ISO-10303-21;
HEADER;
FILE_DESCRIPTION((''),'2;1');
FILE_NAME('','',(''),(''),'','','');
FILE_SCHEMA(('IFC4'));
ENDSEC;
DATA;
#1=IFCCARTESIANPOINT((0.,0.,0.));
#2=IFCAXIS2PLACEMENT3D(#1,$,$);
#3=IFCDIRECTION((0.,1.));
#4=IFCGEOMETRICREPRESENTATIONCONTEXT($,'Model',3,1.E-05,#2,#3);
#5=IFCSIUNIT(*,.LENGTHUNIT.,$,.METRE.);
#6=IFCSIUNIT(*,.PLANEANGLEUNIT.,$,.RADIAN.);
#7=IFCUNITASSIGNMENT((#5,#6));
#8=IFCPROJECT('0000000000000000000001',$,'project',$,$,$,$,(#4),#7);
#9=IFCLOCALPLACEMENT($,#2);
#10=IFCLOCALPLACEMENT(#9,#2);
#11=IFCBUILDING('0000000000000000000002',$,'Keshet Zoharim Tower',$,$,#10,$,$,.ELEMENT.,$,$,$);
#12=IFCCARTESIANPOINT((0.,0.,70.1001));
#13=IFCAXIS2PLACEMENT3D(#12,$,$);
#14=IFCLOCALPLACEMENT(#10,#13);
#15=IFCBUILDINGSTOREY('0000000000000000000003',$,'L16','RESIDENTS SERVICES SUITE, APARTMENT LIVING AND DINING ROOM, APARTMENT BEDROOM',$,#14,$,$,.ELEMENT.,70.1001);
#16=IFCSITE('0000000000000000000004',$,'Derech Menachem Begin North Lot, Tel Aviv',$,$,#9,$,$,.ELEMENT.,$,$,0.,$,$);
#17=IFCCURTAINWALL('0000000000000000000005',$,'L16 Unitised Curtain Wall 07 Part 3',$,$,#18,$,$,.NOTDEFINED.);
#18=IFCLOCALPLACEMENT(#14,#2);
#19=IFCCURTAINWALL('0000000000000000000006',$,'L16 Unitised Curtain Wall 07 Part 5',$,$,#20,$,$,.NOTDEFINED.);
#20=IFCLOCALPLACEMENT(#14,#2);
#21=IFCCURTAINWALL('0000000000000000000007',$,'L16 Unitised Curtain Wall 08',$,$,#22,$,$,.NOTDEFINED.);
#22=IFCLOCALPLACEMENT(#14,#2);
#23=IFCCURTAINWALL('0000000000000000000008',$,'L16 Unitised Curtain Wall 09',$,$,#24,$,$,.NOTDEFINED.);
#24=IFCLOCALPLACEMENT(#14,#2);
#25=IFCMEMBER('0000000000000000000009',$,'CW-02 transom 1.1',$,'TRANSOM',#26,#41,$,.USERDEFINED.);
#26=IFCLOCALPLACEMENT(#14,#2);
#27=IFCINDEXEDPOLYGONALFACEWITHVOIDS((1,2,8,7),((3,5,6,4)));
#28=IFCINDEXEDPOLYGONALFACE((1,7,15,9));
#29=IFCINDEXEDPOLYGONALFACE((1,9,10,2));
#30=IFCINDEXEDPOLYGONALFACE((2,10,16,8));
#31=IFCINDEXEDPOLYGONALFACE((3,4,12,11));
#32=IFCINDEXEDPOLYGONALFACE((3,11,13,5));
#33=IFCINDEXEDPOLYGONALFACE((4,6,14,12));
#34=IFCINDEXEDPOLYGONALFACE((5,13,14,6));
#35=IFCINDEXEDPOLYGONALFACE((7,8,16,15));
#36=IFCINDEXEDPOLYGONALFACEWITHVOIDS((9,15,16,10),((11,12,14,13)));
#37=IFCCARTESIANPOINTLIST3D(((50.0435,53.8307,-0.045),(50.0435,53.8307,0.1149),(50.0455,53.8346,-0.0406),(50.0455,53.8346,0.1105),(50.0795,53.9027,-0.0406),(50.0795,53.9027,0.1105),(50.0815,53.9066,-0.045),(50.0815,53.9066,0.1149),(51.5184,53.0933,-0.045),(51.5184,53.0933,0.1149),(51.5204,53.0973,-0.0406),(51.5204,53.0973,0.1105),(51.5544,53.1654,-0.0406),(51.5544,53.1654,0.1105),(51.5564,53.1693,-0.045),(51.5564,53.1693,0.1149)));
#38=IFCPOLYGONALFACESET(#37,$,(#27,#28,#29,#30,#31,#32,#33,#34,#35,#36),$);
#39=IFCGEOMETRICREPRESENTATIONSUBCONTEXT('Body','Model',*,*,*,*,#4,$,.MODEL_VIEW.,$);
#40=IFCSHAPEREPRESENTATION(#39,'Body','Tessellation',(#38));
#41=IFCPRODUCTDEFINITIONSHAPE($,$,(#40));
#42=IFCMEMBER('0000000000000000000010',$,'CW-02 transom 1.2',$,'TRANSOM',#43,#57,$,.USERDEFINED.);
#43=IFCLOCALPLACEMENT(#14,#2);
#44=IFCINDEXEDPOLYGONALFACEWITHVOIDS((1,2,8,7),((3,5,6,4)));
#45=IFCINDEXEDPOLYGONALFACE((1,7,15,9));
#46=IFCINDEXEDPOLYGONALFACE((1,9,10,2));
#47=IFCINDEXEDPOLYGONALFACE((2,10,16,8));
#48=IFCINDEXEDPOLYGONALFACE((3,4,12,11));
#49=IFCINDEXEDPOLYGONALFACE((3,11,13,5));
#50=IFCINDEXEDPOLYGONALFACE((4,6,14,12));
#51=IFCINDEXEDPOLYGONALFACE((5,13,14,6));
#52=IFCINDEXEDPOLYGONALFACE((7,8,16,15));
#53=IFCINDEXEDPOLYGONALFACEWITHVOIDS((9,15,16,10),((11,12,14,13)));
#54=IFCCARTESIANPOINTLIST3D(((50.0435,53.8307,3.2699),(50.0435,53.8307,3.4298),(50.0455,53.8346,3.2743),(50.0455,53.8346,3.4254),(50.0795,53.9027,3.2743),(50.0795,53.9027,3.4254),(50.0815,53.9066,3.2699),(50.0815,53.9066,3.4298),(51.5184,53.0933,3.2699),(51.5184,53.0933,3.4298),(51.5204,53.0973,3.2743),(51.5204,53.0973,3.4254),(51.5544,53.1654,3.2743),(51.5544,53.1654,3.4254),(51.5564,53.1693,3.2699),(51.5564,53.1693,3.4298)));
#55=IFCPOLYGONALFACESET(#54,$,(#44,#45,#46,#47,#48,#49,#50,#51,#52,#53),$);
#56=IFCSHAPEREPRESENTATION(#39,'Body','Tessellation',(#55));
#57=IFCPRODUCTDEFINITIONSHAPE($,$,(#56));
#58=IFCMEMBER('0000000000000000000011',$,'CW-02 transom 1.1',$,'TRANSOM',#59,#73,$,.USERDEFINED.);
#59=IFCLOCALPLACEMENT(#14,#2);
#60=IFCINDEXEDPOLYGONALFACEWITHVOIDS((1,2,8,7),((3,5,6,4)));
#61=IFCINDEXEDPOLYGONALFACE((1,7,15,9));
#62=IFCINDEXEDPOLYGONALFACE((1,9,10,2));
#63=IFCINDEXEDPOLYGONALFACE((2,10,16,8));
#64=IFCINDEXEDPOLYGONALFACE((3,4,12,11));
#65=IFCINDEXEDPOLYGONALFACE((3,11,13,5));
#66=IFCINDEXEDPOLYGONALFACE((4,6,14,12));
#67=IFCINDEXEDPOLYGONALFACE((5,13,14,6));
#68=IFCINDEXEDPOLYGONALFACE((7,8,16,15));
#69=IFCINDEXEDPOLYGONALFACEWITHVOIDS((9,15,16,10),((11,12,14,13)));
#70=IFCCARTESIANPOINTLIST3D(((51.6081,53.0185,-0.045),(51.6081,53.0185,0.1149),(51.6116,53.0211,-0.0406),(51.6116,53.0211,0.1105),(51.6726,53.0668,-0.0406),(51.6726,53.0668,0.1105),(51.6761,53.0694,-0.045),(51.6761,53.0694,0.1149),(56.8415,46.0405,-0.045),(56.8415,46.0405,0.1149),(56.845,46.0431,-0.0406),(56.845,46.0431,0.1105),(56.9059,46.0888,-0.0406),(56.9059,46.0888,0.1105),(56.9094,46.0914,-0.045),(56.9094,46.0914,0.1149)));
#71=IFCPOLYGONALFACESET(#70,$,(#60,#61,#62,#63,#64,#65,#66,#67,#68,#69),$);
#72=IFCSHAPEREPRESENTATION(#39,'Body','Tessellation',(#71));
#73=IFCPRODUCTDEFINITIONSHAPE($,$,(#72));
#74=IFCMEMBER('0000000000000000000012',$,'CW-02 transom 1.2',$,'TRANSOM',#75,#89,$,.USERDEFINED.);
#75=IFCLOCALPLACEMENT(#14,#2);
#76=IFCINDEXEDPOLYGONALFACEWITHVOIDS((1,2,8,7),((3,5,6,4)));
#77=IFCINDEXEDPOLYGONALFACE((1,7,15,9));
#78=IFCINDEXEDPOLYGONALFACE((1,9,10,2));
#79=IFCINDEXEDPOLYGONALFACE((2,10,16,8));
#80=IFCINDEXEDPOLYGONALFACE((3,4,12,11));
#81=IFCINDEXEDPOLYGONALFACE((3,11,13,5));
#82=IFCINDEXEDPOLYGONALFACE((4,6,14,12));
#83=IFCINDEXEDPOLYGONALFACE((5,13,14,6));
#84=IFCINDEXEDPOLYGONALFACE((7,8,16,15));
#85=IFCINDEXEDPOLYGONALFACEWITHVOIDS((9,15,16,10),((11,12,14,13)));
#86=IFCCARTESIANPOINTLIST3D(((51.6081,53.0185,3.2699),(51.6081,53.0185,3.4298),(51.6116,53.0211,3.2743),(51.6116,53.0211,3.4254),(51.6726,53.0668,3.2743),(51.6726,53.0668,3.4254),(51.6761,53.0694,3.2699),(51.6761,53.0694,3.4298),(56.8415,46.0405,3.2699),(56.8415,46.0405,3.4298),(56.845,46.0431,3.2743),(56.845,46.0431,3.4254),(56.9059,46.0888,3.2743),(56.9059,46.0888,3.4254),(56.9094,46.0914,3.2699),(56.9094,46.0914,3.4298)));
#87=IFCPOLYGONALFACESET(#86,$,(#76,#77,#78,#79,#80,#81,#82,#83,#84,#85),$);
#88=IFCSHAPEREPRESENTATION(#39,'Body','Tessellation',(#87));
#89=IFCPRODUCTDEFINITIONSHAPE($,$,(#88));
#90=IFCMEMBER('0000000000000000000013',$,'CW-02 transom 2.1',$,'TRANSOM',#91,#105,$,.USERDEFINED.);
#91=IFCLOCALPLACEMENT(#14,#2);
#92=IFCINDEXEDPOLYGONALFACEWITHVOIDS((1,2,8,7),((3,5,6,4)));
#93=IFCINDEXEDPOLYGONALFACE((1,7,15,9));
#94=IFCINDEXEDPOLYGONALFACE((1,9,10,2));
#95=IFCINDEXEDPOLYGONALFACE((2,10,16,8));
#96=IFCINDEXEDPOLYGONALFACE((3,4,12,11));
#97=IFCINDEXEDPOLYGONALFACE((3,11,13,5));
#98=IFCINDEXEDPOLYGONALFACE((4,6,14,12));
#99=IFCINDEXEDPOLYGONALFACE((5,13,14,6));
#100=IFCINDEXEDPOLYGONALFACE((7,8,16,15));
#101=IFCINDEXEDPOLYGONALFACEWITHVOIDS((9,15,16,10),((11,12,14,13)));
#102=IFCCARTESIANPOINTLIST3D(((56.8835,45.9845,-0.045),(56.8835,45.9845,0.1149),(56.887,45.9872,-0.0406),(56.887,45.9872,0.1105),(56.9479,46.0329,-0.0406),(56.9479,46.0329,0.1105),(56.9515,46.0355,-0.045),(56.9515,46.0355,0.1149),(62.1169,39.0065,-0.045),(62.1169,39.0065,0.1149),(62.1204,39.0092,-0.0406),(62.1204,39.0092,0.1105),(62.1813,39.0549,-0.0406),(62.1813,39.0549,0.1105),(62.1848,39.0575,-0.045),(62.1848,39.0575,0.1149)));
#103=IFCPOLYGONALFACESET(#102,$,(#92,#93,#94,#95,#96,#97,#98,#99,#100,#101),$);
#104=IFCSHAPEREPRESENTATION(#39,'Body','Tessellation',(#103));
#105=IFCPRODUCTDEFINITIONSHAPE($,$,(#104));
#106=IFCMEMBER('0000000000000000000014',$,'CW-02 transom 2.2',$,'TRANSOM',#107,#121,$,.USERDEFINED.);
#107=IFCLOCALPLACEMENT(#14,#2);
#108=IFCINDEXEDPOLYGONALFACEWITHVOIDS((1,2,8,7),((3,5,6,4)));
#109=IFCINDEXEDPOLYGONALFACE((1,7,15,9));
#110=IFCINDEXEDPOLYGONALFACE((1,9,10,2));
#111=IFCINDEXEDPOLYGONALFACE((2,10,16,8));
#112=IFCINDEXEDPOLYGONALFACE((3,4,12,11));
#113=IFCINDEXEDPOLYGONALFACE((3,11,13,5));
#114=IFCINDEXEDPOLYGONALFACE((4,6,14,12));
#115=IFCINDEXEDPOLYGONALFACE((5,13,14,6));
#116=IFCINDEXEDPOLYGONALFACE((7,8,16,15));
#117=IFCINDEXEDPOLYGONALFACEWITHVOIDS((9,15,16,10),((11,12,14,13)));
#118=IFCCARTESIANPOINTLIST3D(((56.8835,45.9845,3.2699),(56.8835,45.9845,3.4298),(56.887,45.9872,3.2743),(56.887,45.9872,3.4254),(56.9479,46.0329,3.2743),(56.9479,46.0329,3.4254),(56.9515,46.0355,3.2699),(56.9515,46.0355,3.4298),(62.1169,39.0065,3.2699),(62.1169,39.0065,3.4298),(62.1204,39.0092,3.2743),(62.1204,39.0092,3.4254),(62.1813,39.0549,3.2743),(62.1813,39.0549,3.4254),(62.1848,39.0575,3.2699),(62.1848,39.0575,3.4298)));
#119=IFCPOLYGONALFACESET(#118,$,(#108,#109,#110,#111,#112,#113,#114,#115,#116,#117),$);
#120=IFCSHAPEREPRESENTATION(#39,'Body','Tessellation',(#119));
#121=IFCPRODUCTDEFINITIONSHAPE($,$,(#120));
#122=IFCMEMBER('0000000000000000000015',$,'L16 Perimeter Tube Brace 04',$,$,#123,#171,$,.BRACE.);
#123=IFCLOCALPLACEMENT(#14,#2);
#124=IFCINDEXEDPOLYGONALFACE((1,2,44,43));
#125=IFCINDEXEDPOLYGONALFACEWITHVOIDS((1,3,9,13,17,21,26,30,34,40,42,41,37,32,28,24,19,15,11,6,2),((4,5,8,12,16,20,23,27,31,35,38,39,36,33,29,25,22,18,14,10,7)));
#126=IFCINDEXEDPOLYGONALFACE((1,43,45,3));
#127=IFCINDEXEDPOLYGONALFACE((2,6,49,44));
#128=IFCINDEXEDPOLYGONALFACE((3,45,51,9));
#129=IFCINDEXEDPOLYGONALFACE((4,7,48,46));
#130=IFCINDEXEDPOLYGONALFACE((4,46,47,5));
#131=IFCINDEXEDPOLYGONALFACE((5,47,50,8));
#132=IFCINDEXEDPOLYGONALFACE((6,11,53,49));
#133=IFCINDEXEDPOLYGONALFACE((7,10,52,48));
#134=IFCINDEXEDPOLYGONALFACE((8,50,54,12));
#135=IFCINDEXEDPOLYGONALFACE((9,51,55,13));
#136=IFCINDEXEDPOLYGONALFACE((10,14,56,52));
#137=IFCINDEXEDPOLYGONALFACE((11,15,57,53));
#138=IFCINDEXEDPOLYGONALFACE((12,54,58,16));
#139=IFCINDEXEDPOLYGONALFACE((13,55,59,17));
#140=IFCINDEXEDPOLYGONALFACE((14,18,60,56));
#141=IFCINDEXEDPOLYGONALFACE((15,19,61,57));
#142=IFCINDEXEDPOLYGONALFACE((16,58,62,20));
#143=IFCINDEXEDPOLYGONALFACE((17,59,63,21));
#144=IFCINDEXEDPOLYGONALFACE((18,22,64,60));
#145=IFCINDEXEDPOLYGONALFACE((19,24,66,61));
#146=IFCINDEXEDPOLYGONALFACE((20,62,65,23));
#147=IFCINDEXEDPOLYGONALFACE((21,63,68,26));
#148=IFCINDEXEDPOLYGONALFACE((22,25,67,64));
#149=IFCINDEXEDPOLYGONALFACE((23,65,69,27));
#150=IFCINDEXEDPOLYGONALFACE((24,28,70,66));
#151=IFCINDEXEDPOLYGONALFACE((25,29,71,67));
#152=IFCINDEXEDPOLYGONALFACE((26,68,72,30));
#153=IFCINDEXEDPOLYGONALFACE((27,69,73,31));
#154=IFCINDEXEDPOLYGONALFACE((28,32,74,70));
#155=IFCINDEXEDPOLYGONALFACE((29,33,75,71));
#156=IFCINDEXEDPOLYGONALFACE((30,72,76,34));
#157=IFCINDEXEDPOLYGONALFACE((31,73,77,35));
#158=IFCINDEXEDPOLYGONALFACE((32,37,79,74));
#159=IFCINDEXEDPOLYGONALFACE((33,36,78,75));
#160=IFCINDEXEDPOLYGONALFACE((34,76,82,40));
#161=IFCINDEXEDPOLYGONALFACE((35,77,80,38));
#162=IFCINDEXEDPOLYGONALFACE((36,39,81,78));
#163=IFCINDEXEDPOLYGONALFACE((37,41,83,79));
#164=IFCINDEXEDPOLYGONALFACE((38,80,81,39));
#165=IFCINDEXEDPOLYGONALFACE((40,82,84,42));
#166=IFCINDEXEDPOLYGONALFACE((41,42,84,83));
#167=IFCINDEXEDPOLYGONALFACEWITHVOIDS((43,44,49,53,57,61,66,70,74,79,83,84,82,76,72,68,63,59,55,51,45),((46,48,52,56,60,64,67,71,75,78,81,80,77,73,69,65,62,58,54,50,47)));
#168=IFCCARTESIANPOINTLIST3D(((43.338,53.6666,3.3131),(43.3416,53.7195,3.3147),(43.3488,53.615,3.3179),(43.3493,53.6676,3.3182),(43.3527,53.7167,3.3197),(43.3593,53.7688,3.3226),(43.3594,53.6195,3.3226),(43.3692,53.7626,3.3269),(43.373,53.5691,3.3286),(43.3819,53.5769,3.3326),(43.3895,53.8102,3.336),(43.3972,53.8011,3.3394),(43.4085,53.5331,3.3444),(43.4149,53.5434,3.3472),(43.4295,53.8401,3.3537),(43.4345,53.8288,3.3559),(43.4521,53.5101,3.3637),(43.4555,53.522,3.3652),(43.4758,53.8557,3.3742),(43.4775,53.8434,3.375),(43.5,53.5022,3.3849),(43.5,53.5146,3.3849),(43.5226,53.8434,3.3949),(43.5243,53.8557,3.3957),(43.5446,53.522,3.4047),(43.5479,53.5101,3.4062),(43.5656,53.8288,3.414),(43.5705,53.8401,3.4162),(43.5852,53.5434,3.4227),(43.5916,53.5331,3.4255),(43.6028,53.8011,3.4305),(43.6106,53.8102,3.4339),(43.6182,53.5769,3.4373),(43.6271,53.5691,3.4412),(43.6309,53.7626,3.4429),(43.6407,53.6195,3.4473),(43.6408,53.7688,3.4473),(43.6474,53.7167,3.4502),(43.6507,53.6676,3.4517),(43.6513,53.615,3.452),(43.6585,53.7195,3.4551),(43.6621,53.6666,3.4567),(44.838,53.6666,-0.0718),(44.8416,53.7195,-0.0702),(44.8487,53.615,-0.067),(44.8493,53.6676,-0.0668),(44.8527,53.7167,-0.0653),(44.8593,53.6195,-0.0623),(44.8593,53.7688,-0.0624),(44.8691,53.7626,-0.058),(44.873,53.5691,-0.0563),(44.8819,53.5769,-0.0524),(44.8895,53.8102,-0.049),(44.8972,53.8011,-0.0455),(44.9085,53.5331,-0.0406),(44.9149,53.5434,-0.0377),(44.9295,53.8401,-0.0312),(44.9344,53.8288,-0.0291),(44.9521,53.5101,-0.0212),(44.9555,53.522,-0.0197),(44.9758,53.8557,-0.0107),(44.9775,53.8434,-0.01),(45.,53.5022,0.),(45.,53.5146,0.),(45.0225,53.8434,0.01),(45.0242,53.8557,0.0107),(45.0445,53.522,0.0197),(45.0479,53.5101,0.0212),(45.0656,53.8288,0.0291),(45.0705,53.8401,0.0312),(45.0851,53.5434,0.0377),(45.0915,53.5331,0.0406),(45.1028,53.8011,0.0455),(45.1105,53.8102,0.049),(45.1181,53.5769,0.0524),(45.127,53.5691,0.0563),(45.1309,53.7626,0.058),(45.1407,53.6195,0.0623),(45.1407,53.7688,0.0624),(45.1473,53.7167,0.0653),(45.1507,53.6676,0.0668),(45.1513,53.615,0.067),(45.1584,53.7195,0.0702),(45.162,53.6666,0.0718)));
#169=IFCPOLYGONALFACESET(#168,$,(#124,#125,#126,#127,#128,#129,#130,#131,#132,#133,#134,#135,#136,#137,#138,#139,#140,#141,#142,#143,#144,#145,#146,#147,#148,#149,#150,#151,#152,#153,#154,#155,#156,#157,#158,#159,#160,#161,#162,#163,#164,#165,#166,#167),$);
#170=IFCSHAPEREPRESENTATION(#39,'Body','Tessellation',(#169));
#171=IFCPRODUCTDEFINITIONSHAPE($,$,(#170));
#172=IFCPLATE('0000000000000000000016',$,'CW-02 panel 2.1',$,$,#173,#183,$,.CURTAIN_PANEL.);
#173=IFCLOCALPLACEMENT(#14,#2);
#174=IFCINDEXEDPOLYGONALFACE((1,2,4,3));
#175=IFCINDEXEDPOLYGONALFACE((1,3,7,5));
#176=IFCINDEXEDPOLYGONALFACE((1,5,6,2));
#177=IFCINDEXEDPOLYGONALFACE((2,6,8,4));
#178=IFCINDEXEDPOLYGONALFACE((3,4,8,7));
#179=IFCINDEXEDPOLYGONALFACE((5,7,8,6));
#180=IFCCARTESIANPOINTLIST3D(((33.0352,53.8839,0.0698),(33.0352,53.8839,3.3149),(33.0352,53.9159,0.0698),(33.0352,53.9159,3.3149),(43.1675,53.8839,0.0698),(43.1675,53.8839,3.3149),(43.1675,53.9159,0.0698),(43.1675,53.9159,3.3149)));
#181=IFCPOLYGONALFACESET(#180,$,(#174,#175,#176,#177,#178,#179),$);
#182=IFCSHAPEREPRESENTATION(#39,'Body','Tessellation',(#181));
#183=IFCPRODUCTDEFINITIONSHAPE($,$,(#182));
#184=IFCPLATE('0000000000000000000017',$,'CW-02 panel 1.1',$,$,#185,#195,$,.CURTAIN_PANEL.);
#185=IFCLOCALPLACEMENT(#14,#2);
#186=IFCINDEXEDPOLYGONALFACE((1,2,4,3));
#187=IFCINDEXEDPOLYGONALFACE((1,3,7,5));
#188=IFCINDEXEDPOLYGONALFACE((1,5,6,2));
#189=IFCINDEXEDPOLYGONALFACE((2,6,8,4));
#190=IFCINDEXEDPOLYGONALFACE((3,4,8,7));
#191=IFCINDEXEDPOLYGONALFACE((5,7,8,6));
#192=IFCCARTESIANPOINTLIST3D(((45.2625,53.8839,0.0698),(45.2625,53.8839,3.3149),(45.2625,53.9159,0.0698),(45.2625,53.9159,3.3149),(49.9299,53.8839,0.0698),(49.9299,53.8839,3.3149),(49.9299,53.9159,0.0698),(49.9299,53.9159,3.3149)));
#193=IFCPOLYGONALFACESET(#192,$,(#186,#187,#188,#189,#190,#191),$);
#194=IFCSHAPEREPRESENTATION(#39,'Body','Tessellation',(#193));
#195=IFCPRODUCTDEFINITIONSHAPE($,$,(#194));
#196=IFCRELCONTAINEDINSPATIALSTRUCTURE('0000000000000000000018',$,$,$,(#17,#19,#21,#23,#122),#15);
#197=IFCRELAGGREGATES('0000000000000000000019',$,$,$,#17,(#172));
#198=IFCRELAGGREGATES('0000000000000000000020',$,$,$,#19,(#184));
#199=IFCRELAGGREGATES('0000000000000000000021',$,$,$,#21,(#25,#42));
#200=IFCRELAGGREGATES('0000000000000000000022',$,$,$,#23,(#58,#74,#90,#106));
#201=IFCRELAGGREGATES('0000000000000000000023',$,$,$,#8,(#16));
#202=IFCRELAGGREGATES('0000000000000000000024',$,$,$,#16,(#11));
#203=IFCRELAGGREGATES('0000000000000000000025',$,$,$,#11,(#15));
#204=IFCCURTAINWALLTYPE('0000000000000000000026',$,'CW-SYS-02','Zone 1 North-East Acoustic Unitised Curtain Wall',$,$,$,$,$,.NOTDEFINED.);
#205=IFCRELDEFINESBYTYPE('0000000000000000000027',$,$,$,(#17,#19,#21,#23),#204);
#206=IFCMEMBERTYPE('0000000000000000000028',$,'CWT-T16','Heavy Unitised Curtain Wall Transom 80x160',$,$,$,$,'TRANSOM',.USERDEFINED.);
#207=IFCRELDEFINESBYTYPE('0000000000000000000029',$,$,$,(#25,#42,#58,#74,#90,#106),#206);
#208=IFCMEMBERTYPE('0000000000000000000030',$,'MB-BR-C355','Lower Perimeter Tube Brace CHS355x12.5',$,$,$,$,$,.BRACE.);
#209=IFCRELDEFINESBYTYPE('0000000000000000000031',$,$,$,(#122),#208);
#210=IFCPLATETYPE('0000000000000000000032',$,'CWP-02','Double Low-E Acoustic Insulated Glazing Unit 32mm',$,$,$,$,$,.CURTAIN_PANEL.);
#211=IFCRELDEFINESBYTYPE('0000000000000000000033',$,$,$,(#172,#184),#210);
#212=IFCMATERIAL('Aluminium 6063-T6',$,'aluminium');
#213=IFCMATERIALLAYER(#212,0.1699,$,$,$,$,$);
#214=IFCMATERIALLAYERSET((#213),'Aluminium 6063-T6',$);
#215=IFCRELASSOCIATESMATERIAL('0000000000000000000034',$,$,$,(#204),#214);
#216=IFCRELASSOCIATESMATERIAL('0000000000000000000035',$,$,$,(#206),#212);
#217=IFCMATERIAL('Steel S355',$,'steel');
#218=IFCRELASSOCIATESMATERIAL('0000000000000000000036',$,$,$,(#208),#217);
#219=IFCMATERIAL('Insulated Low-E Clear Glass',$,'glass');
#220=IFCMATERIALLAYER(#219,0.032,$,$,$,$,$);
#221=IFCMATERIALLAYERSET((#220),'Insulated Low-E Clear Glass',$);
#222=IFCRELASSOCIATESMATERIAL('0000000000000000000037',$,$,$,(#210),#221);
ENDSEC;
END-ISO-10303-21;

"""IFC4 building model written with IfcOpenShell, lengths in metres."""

from ifc_helpers import new_model, si_unit, direction, frame, origin, origin_2d, place, context, subcontext, project, spatial, rectangle, hollow_rectangle, hollow_circle, extrude, material, layer, layer_set, material_profile, profile_set, type_object, element, aggregate, save


model = new_model("IFC4")

# Units and contexts
model_context = context("Model", 3, precision=1e-05, world=origin(), true_north=direction((0.0, 1.0)))
body_context = subcontext(model_context, "Body", "Model", "MODEL_VIEW")
ifc_project = project(units=[si_unit("LENGTHUNIT", "METRE"), si_unit("PLANEANGLEUNIT", "RADIAN")], contexts=[model_context])

# Site, building, storey
site_placement = place(None, origin())
site = spatial("IfcSite", under=ifc_project, at=site_placement, Name="Derech Menachem Begin North Lot, Tel Aviv", CompositionType="ELEMENT", RefElevation=0.0)
building_placement = place(site_placement, origin())
building = spatial("IfcBuilding", under=site, at=building_placement, Name="Keshet Zoharim Tower", CompositionType="ELEMENT")
storey_placement = place(building_placement, frame((0.0, 0.0, 70.1001)))
storey = spatial("IfcBuildingStorey", under=building, at=storey_placement, Name="L16", Description="RESIDENTS SERVICES SUITE, APARTMENT LIVING AND DINING ROOM, APARTMENT BEDROOM", CompositionType="ELEMENT", Elevation=70.1001)

# Shared definitions
ifc_material_1 = material(Name="Steel S355", Category="steel")

# Curtain wall
ifc_material_2 = material(Name="Aluminium 6063-T6", Category="aluminium")
ifc_layer_1 = layer(ifc_material_2, 0.1699)
ifc_layer_set_1 = layer_set([ifc_layer_1], Name="Aluminium 6063-T6")
curtain_wall_type = type_object("IfcCurtainWallType", Name="CW-SYS-02", Description="Zone 1 North-East Acoustic Unitised Curtain Wall", PredefinedType="NOTDEFINED", material=ifc_layer_set_1)
curtain_wall_1_placement = place(storey_placement, origin())
curtain_wall_1 = element("IfcCurtainWall", 1, at=curtain_wall_1_placement, inside=storey, type_object=curtain_wall_type, Name="L16 Unitised Curtain Wall 07 Part 3", PredefinedType="NOTDEFINED")

# Curtain wall
curtain_wall_2_placement = place(storey_placement, origin())
curtain_wall_2 = element("IfcCurtainWall", 2, at=curtain_wall_2_placement, inside=storey, type_object=curtain_wall_type, Name="L16 Unitised Curtain Wall 07 Part 5", PredefinedType="NOTDEFINED")

# Curtain walls
curtain_wall_3_placement = place(storey_placement, origin())
curtain_wall_3 = element("IfcCurtainWall", 3, at=curtain_wall_3_placement, inside=storey, type_object=curtain_wall_type, Name="L16 Unitised Curtain Wall 08", PredefinedType="NOTDEFINED")
curtain_wall_4_placement = place(storey_placement, origin())
curtain_wall_4 = element("IfcCurtainWall", 4, at=curtain_wall_4_placement, inside=storey, type_object=curtain_wall_type, Name="L16 Unitised Curtain Wall 09", PredefinedType="NOTDEFINED")

# Members
ifc_material_profile_1 = material_profile(ifc_material_2, hollow_rectangle(XDim=0.085, YDim=0.1599, WallThickness=0.0044, at=origin_2d()), Name="TRN-85x160")
ifc_profile_set_1 = profile_set([ifc_material_profile_1], Name="Aluminium 6063-T6")
member_type_1 = type_object("IfcMemberType", Name="CWT-T16", Description="Heavy Unitised Curtain Wall Transom 80x160", ElementType="TRANSOM", PredefinedType="USERDEFINED", material=ifc_profile_set_1)
member_1_placement = place(storey_placement, frame((50.0625, 53.8687, 0.0349), z_axis=(0.894457, -0.447154, 0.0), x_axis=(0.447154, 0.894457, 0.0)))
member_1 = element("IfcMember", 5, at=member_1_placement, type_object=member_type_1, Name="CW-02 transom 1.1", ObjectType="TRANSOM", PredefinedType="USERDEFINED", context=body_context, shape_type="SweptSolid", body=[
    extrude(hollow_rectangle(XDim=0.085, YDim=0.1599, WallThickness=0.0044, at=origin_2d()), origin(), (0.0, 0.0, 1.0), 1.6489),
])
member_2_placement = place(storey_placement, frame((50.0625, 53.8687, 3.3499), z_axis=(0.894457, -0.447154, 0.0), x_axis=(0.447154, 0.894457, 0.0)))
member_2 = element("IfcMember", 6, at=member_2_placement, type_object=member_type_1, Name="CW-02 transom 1.2", ObjectType="TRANSOM", PredefinedType="USERDEFINED", context=body_context, shape_type="SweptSolid", body=[
    extrude(hollow_rectangle(XDim=0.085, YDim=0.1599, WallThickness=0.0044, at=origin_2d()), origin(), (0.0, 0.0, 1.0), 1.6489),
])
member_3_placement = place(storey_placement, frame((51.6421, 53.0439, 0.0349), z_axis=(0.599991, -0.800007, 0.0), x_axis=(0.800007, 0.599991, 0.0)))
member_3 = element("IfcMember", 7, at=member_3_placement, type_object=member_type_1, Name="CW-02 transom 1.1", ObjectType="TRANSOM", PredefinedType="USERDEFINED", context=body_context, shape_type="SweptSolid", body=[
    extrude(hollow_rectangle(XDim=0.085, YDim=0.1599, WallThickness=0.0044, at=origin_2d()), origin(), (0.0, 0.0, 1.0), 8.7224),
])
member_4_placement = place(storey_placement, frame((51.6421, 53.0439, 3.3499), z_axis=(0.599991, -0.800007, 0.0), x_axis=(0.800007, 0.599991, 0.0)))
member_4 = element("IfcMember", 8, at=member_4_placement, type_object=member_type_1, Name="CW-02 transom 1.2", ObjectType="TRANSOM", PredefinedType="USERDEFINED", context=body_context, shape_type="SweptSolid", body=[
    extrude(hollow_rectangle(XDim=0.085, YDim=0.1599, WallThickness=0.0044, at=origin_2d()), origin(), (0.0, 0.0, 1.0), 8.7224),
])
member_5_placement = place(storey_placement, frame((56.9175, 46.01, 0.0349), z_axis=(0.599991, -0.800007, 0.0), x_axis=(0.800007, 0.599991, 0.0)))
member_5 = element("IfcMember", 9, at=member_5_placement, type_object=member_type_1, Name="CW-02 transom 2.1", ObjectType="TRANSOM", PredefinedType="USERDEFINED", context=body_context, shape_type="SweptSolid", body=[
    extrude(hollow_rectangle(XDim=0.085, YDim=0.1599, WallThickness=0.0044, at=origin_2d()), origin(), (0.0, 0.0, 1.0), 8.7224),
])
member_6_placement = place(storey_placement, frame((56.9175, 46.01, 3.3499), z_axis=(0.599991, -0.800007, 0.0), x_axis=(0.800007, 0.599991, 0.0)))
member_6 = element("IfcMember", 10, at=member_6_placement, type_object=member_type_1, Name="CW-02 transom 2.2", ObjectType="TRANSOM", PredefinedType="USERDEFINED", context=body_context, shape_type="SweptSolid", body=[
    extrude(hollow_rectangle(XDim=0.085, YDim=0.1599, WallThickness=0.0044, at=origin_2d()), origin(), (0.0, 0.0, 1.0), 8.7224),
])
ifc_material_profile_2 = material_profile(ifc_material_1, hollow_circle(Radius=0.1777, WallThickness=0.0125, at=origin_2d()), Name="CHS355x12.5")
ifc_profile_set_2 = profile_set([ifc_material_profile_2], Name="Steel S355")
member_type_2 = type_object("IfcMemberType", Name="MB-BR-C355", Description="Lower Perimeter Tube Brace CHS355x12.5", PredefinedType="BRACE", material=ifc_profile_set_2)
member_7_placement = place(storey_placement, frame((45.0, 53.6799, 0.0), z_axis=(-0.405135, 0.0, 0.914257), x_axis=(0.0, -1.0, 0.0)))
element("IfcMember", 11, at=member_7_placement, inside=storey, type_object=member_type_2, Name="L16 Perimeter Tube Brace 04", PredefinedType="BRACE", context=body_context, shape_type="SweptSolid", body=[
    extrude(hollow_circle(Radius=0.1777, WallThickness=0.0125, at=origin_2d()), origin(), (0.0, 0.0, 1.0), 3.7024),
])

# Plates
ifc_material_3 = material(Name="Insulated Low-E Clear Glass", Category="glass")
ifc_layer_2 = layer(ifc_material_3, 0.032)
ifc_layer_set_2 = layer_set([ifc_layer_2], Name="Insulated Low-E Clear Glass")
plate_type_1 = type_object("IfcPlateType", Name="CWP-02", Description="Double Low-E Acoustic Insulated Glazing Unit 32mm", PredefinedType="CURTAIN_PANEL", material=ifc_layer_set_2)
plate_1_placement = place(storey_placement, frame((38.1013, 53.8999, 0.0698), z_axis=(0.0, 0.0, 1.0), x_axis=(1.0, 0.0, 0.0)))
plate_1 = element("IfcPlate", 12, at=plate_1_placement, type_object=plate_type_1, Name="CW-02 panel 2.1", PredefinedType="CURTAIN_PANEL", context=body_context, shape_type="SweptSolid", body=[
    extrude(rectangle(XDim=10.1323, YDim=0.032, at=origin_2d()), origin(), (0.0, 0.0, 1.0), 3.2451),
])
aggregate(curtain_wall_1, [plate_1])
plate_2_placement = place(storey_placement, frame((47.5962, 53.8999, 0.0698), z_axis=(0.0, 0.0, 1.0), x_axis=(1.0, 0.0, 0.0)))
plate_2 = element("IfcPlate", 13, at=plate_2_placement, type_object=plate_type_1, Name="CW-02 panel 1.1", PredefinedType="CURTAIN_PANEL", context=body_context, shape_type="SweptSolid", body=[
    extrude(rectangle(XDim=4.6675, YDim=0.032, at=origin_2d()), origin(), (0.0, 0.0, 1.0), 3.2451),
])
aggregate(curtain_wall_2, [plate_2])
aggregate(curtain_wall_3, [member_1, member_2])
aggregate(curtain_wall_4, [member_3, member_4, member_5, member_6])

save(model, "model.ifc")
